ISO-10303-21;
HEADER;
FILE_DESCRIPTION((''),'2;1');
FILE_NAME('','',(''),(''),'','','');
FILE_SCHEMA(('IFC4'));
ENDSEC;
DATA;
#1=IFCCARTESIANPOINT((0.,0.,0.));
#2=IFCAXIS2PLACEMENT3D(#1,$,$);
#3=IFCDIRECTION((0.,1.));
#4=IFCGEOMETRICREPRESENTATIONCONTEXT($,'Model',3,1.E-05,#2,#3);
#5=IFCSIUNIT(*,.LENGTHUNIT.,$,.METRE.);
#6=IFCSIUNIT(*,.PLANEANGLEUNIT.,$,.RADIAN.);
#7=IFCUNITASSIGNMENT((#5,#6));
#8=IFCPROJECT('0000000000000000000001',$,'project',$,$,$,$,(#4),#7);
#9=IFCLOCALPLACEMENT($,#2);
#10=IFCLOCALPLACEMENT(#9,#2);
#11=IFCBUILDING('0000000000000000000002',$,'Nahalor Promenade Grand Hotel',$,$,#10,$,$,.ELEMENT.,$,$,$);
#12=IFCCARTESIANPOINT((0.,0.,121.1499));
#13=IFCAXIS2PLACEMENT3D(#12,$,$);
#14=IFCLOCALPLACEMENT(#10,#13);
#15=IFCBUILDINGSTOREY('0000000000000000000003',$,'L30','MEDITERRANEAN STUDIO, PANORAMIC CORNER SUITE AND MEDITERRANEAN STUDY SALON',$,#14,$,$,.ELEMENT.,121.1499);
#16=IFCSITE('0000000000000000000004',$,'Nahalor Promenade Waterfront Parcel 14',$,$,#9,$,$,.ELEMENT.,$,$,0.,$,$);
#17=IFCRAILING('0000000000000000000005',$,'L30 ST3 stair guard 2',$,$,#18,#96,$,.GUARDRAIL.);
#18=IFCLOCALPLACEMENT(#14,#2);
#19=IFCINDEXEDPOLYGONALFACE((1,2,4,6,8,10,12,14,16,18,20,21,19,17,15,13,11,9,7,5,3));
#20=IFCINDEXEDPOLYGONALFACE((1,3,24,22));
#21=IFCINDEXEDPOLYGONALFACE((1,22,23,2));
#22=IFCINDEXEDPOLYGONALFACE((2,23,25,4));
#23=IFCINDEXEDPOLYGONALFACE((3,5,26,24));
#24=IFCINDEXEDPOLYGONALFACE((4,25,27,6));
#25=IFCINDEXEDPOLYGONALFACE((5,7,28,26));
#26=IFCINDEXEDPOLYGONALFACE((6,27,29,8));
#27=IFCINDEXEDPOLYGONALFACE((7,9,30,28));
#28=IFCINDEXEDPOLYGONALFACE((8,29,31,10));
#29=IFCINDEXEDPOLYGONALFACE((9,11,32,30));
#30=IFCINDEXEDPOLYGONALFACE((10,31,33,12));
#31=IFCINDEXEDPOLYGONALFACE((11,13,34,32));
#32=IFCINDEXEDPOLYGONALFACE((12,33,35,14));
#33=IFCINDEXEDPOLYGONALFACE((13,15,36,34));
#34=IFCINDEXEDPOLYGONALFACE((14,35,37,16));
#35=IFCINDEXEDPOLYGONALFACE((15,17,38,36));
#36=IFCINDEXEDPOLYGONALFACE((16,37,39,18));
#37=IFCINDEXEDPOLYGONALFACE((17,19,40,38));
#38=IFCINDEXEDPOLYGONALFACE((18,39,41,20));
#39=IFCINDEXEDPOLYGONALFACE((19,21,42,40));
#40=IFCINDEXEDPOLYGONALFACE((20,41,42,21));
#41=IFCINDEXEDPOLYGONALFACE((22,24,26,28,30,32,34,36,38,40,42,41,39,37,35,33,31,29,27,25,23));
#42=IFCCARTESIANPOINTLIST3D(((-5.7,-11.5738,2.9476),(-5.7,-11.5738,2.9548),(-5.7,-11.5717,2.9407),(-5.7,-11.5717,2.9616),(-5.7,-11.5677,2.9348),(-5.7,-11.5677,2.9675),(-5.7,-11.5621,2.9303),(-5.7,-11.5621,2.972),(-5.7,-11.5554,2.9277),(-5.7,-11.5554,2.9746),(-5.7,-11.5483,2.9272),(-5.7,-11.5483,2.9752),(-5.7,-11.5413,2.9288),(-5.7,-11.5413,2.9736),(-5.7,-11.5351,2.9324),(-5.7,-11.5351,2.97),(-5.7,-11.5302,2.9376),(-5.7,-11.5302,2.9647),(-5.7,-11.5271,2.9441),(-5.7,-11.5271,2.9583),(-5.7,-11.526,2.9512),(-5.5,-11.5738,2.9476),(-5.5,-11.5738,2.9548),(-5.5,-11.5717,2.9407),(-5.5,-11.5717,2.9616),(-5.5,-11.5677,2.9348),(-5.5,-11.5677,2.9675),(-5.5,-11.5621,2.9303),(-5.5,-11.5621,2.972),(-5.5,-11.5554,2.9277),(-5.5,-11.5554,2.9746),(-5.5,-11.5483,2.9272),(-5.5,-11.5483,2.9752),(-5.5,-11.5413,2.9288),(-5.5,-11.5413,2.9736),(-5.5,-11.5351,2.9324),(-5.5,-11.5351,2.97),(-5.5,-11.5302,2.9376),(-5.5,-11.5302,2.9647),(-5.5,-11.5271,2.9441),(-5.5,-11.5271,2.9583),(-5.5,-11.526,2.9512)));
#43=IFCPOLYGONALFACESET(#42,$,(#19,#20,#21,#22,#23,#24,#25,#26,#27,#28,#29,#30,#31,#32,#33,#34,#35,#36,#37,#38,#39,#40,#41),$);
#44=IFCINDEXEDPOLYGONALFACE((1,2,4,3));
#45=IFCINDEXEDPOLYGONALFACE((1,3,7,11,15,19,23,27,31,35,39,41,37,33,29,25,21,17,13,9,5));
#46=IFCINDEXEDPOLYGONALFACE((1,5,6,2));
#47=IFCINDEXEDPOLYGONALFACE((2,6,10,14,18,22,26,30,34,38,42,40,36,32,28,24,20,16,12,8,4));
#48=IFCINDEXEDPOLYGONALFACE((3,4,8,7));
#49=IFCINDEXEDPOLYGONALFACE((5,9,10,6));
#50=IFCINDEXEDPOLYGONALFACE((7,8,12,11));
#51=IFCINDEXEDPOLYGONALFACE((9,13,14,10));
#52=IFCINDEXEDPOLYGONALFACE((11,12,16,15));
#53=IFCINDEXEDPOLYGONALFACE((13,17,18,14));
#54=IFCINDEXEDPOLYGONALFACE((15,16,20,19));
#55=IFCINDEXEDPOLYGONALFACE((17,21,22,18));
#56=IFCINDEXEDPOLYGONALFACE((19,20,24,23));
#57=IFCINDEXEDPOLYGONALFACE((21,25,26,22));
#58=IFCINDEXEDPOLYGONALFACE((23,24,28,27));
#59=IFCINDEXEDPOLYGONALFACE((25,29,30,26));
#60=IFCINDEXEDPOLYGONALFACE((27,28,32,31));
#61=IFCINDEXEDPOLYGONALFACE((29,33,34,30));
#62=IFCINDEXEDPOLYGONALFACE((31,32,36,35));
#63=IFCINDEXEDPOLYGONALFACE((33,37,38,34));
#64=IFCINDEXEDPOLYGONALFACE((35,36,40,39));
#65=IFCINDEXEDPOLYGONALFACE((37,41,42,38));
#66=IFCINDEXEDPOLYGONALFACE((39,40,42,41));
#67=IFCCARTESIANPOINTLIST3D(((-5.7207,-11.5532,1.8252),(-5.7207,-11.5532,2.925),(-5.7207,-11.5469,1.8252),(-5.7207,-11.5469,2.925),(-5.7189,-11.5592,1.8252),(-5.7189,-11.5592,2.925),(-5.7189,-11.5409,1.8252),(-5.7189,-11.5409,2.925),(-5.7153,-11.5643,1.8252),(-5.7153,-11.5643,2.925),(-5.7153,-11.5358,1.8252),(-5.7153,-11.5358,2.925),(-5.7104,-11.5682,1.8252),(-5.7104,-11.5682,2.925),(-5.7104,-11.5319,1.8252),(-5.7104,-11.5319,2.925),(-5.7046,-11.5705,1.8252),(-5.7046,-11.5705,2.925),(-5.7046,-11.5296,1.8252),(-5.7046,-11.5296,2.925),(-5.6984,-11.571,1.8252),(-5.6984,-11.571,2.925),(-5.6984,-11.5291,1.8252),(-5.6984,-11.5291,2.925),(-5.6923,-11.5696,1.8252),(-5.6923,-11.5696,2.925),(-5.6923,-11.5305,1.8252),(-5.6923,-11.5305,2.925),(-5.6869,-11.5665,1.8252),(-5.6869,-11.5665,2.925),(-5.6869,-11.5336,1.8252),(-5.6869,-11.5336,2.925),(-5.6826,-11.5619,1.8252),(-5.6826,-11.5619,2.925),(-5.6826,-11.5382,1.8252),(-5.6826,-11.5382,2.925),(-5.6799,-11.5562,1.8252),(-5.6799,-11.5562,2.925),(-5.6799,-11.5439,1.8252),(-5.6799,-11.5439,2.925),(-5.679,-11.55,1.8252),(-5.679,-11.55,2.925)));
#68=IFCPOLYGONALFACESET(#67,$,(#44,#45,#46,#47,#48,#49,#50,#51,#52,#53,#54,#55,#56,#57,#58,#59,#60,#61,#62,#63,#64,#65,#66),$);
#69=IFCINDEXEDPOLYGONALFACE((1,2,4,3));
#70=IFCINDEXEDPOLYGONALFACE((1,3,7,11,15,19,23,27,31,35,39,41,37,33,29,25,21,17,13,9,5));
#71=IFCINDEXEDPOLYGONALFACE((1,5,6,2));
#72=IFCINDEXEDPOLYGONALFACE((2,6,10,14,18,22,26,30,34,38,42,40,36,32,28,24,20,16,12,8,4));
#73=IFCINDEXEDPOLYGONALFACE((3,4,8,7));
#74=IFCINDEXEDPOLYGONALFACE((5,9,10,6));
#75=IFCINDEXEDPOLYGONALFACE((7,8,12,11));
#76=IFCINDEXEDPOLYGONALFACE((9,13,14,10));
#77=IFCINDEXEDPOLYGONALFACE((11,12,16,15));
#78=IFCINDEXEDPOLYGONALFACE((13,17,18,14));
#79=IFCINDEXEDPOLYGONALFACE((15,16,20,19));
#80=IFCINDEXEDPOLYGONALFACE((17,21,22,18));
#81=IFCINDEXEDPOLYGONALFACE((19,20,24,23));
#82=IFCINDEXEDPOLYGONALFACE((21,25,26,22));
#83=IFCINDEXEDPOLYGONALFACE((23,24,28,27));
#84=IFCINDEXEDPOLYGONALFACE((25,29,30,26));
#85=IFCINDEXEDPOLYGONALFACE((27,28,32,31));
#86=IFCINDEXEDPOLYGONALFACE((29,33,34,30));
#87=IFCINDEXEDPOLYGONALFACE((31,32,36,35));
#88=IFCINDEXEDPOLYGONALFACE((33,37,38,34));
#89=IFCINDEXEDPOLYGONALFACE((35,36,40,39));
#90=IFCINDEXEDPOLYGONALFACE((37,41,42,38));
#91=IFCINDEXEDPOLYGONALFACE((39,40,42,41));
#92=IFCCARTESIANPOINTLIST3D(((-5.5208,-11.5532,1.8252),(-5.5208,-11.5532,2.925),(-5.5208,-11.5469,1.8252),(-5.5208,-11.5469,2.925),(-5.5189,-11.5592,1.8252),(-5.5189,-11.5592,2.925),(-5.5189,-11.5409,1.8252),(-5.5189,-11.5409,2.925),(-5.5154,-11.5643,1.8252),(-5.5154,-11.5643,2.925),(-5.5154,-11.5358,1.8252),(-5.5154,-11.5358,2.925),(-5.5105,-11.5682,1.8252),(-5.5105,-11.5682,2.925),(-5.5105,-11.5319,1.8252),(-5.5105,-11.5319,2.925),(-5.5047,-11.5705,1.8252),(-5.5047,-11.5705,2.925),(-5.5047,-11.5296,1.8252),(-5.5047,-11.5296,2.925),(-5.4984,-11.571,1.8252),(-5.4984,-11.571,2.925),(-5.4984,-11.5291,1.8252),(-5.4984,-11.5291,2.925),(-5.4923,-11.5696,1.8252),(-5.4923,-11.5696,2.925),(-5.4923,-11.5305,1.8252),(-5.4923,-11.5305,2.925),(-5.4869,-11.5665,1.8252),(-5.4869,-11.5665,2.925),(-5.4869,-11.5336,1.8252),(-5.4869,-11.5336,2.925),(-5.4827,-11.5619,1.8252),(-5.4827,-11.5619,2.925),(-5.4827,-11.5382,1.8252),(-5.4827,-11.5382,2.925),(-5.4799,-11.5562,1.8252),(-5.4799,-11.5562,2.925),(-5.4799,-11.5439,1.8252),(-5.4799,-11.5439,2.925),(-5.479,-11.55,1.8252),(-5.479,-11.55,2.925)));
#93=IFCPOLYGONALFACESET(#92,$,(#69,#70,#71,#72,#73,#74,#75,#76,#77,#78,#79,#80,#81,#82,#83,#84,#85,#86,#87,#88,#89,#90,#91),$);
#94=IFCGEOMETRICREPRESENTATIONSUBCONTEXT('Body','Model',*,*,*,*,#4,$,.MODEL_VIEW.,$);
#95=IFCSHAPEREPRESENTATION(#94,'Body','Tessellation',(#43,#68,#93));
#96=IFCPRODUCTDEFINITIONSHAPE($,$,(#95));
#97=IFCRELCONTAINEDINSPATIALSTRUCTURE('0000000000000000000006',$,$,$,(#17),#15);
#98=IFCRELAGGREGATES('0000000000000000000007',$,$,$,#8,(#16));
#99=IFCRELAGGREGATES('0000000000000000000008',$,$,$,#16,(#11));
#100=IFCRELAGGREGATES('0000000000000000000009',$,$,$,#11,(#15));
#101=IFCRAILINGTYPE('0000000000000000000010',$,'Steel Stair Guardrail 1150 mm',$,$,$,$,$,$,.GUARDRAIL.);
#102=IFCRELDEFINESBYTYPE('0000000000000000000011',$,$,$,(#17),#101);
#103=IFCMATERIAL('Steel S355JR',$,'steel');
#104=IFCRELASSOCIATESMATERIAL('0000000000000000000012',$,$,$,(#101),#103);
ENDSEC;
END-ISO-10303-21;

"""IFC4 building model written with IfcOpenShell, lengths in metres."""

from ifc_helpers import new_model, si_unit, direction, frame, origin, origin_2d, place, context, subcontext, project, spatial, circle, extrude, material, type_object, element, save


model = new_model("IFC4")

# Units and contexts
model_context = context("Model", 3, precision=1e-05, world=origin(), true_north=direction((0.0, 1.0)))
body_context = subcontext(model_context, "Body", "Model", "MODEL_VIEW")
ifc_project = project(units=[si_unit("LENGTHUNIT", "METRE"), si_unit("PLANEANGLEUNIT", "RADIAN")], contexts=[model_context])

# Site, building, storey
site_placement = place(None, origin())
site = spatial("IfcSite", under=ifc_project, at=site_placement, Name="Nahalor Promenade Waterfront Parcel 14", CompositionType="ELEMENT", RefElevation=0.0)
building_placement = place(site_placement, origin())
building = spatial("IfcBuilding", under=site, at=building_placement, Name="Nahalor Promenade Grand Hotel", CompositionType="ELEMENT")
storey_placement = place(building_placement, frame((0.0, 0.0, 121.1499)))
storey = spatial("IfcBuildingStorey", under=building, at=storey_placement, Name="L30", Description="MEDITERRANEAN STUDIO, PANORAMIC CORNER SUITE AND MEDITERRANEAN STUDY SALON", CompositionType="ELEMENT", Elevation=121.1499)

# Shared definitions
ifc_material_1 = material(Name="Steel S355JR", Category="steel")

# Railing
railing_type_1 = type_object("IfcRailingType", Name="Steel Stair Guardrail 1150 mm", PredefinedType="GUARDRAIL", material=ifc_material_1)
railing_1_placement = place(storey_placement, frame((-5.7, -11.55, 1.8252)))
element("IfcRailing", 1, at=railing_1_placement, inside=storey, type_object=railing_type_1, Name="L30 ST3 stair guard 2", PredefinedType="GUARDRAIL", context=body_context, shape_type="SweptSolid", body=[
    extrude(circle(Radius=0.024, at=origin_2d()), frame((0.0, 0.0, 1.126), z_axis=(1.0, 0.0, 0.0), x_axis=(0.0, 1.0, 0.0)), (0.0, 0.0, 1.0), 0.2),
    extrude(circle(Radius=0.021, at=origin_2d()), origin(), (0.0, 0.0, 1.0), 1.0999),
    extrude(circle(Radius=0.021, at=origin_2d()), frame((0.2, 0.0, 0.0)), (0.0, 0.0, 1.0), 1.0999),
])

save(model, "model.ifc")
